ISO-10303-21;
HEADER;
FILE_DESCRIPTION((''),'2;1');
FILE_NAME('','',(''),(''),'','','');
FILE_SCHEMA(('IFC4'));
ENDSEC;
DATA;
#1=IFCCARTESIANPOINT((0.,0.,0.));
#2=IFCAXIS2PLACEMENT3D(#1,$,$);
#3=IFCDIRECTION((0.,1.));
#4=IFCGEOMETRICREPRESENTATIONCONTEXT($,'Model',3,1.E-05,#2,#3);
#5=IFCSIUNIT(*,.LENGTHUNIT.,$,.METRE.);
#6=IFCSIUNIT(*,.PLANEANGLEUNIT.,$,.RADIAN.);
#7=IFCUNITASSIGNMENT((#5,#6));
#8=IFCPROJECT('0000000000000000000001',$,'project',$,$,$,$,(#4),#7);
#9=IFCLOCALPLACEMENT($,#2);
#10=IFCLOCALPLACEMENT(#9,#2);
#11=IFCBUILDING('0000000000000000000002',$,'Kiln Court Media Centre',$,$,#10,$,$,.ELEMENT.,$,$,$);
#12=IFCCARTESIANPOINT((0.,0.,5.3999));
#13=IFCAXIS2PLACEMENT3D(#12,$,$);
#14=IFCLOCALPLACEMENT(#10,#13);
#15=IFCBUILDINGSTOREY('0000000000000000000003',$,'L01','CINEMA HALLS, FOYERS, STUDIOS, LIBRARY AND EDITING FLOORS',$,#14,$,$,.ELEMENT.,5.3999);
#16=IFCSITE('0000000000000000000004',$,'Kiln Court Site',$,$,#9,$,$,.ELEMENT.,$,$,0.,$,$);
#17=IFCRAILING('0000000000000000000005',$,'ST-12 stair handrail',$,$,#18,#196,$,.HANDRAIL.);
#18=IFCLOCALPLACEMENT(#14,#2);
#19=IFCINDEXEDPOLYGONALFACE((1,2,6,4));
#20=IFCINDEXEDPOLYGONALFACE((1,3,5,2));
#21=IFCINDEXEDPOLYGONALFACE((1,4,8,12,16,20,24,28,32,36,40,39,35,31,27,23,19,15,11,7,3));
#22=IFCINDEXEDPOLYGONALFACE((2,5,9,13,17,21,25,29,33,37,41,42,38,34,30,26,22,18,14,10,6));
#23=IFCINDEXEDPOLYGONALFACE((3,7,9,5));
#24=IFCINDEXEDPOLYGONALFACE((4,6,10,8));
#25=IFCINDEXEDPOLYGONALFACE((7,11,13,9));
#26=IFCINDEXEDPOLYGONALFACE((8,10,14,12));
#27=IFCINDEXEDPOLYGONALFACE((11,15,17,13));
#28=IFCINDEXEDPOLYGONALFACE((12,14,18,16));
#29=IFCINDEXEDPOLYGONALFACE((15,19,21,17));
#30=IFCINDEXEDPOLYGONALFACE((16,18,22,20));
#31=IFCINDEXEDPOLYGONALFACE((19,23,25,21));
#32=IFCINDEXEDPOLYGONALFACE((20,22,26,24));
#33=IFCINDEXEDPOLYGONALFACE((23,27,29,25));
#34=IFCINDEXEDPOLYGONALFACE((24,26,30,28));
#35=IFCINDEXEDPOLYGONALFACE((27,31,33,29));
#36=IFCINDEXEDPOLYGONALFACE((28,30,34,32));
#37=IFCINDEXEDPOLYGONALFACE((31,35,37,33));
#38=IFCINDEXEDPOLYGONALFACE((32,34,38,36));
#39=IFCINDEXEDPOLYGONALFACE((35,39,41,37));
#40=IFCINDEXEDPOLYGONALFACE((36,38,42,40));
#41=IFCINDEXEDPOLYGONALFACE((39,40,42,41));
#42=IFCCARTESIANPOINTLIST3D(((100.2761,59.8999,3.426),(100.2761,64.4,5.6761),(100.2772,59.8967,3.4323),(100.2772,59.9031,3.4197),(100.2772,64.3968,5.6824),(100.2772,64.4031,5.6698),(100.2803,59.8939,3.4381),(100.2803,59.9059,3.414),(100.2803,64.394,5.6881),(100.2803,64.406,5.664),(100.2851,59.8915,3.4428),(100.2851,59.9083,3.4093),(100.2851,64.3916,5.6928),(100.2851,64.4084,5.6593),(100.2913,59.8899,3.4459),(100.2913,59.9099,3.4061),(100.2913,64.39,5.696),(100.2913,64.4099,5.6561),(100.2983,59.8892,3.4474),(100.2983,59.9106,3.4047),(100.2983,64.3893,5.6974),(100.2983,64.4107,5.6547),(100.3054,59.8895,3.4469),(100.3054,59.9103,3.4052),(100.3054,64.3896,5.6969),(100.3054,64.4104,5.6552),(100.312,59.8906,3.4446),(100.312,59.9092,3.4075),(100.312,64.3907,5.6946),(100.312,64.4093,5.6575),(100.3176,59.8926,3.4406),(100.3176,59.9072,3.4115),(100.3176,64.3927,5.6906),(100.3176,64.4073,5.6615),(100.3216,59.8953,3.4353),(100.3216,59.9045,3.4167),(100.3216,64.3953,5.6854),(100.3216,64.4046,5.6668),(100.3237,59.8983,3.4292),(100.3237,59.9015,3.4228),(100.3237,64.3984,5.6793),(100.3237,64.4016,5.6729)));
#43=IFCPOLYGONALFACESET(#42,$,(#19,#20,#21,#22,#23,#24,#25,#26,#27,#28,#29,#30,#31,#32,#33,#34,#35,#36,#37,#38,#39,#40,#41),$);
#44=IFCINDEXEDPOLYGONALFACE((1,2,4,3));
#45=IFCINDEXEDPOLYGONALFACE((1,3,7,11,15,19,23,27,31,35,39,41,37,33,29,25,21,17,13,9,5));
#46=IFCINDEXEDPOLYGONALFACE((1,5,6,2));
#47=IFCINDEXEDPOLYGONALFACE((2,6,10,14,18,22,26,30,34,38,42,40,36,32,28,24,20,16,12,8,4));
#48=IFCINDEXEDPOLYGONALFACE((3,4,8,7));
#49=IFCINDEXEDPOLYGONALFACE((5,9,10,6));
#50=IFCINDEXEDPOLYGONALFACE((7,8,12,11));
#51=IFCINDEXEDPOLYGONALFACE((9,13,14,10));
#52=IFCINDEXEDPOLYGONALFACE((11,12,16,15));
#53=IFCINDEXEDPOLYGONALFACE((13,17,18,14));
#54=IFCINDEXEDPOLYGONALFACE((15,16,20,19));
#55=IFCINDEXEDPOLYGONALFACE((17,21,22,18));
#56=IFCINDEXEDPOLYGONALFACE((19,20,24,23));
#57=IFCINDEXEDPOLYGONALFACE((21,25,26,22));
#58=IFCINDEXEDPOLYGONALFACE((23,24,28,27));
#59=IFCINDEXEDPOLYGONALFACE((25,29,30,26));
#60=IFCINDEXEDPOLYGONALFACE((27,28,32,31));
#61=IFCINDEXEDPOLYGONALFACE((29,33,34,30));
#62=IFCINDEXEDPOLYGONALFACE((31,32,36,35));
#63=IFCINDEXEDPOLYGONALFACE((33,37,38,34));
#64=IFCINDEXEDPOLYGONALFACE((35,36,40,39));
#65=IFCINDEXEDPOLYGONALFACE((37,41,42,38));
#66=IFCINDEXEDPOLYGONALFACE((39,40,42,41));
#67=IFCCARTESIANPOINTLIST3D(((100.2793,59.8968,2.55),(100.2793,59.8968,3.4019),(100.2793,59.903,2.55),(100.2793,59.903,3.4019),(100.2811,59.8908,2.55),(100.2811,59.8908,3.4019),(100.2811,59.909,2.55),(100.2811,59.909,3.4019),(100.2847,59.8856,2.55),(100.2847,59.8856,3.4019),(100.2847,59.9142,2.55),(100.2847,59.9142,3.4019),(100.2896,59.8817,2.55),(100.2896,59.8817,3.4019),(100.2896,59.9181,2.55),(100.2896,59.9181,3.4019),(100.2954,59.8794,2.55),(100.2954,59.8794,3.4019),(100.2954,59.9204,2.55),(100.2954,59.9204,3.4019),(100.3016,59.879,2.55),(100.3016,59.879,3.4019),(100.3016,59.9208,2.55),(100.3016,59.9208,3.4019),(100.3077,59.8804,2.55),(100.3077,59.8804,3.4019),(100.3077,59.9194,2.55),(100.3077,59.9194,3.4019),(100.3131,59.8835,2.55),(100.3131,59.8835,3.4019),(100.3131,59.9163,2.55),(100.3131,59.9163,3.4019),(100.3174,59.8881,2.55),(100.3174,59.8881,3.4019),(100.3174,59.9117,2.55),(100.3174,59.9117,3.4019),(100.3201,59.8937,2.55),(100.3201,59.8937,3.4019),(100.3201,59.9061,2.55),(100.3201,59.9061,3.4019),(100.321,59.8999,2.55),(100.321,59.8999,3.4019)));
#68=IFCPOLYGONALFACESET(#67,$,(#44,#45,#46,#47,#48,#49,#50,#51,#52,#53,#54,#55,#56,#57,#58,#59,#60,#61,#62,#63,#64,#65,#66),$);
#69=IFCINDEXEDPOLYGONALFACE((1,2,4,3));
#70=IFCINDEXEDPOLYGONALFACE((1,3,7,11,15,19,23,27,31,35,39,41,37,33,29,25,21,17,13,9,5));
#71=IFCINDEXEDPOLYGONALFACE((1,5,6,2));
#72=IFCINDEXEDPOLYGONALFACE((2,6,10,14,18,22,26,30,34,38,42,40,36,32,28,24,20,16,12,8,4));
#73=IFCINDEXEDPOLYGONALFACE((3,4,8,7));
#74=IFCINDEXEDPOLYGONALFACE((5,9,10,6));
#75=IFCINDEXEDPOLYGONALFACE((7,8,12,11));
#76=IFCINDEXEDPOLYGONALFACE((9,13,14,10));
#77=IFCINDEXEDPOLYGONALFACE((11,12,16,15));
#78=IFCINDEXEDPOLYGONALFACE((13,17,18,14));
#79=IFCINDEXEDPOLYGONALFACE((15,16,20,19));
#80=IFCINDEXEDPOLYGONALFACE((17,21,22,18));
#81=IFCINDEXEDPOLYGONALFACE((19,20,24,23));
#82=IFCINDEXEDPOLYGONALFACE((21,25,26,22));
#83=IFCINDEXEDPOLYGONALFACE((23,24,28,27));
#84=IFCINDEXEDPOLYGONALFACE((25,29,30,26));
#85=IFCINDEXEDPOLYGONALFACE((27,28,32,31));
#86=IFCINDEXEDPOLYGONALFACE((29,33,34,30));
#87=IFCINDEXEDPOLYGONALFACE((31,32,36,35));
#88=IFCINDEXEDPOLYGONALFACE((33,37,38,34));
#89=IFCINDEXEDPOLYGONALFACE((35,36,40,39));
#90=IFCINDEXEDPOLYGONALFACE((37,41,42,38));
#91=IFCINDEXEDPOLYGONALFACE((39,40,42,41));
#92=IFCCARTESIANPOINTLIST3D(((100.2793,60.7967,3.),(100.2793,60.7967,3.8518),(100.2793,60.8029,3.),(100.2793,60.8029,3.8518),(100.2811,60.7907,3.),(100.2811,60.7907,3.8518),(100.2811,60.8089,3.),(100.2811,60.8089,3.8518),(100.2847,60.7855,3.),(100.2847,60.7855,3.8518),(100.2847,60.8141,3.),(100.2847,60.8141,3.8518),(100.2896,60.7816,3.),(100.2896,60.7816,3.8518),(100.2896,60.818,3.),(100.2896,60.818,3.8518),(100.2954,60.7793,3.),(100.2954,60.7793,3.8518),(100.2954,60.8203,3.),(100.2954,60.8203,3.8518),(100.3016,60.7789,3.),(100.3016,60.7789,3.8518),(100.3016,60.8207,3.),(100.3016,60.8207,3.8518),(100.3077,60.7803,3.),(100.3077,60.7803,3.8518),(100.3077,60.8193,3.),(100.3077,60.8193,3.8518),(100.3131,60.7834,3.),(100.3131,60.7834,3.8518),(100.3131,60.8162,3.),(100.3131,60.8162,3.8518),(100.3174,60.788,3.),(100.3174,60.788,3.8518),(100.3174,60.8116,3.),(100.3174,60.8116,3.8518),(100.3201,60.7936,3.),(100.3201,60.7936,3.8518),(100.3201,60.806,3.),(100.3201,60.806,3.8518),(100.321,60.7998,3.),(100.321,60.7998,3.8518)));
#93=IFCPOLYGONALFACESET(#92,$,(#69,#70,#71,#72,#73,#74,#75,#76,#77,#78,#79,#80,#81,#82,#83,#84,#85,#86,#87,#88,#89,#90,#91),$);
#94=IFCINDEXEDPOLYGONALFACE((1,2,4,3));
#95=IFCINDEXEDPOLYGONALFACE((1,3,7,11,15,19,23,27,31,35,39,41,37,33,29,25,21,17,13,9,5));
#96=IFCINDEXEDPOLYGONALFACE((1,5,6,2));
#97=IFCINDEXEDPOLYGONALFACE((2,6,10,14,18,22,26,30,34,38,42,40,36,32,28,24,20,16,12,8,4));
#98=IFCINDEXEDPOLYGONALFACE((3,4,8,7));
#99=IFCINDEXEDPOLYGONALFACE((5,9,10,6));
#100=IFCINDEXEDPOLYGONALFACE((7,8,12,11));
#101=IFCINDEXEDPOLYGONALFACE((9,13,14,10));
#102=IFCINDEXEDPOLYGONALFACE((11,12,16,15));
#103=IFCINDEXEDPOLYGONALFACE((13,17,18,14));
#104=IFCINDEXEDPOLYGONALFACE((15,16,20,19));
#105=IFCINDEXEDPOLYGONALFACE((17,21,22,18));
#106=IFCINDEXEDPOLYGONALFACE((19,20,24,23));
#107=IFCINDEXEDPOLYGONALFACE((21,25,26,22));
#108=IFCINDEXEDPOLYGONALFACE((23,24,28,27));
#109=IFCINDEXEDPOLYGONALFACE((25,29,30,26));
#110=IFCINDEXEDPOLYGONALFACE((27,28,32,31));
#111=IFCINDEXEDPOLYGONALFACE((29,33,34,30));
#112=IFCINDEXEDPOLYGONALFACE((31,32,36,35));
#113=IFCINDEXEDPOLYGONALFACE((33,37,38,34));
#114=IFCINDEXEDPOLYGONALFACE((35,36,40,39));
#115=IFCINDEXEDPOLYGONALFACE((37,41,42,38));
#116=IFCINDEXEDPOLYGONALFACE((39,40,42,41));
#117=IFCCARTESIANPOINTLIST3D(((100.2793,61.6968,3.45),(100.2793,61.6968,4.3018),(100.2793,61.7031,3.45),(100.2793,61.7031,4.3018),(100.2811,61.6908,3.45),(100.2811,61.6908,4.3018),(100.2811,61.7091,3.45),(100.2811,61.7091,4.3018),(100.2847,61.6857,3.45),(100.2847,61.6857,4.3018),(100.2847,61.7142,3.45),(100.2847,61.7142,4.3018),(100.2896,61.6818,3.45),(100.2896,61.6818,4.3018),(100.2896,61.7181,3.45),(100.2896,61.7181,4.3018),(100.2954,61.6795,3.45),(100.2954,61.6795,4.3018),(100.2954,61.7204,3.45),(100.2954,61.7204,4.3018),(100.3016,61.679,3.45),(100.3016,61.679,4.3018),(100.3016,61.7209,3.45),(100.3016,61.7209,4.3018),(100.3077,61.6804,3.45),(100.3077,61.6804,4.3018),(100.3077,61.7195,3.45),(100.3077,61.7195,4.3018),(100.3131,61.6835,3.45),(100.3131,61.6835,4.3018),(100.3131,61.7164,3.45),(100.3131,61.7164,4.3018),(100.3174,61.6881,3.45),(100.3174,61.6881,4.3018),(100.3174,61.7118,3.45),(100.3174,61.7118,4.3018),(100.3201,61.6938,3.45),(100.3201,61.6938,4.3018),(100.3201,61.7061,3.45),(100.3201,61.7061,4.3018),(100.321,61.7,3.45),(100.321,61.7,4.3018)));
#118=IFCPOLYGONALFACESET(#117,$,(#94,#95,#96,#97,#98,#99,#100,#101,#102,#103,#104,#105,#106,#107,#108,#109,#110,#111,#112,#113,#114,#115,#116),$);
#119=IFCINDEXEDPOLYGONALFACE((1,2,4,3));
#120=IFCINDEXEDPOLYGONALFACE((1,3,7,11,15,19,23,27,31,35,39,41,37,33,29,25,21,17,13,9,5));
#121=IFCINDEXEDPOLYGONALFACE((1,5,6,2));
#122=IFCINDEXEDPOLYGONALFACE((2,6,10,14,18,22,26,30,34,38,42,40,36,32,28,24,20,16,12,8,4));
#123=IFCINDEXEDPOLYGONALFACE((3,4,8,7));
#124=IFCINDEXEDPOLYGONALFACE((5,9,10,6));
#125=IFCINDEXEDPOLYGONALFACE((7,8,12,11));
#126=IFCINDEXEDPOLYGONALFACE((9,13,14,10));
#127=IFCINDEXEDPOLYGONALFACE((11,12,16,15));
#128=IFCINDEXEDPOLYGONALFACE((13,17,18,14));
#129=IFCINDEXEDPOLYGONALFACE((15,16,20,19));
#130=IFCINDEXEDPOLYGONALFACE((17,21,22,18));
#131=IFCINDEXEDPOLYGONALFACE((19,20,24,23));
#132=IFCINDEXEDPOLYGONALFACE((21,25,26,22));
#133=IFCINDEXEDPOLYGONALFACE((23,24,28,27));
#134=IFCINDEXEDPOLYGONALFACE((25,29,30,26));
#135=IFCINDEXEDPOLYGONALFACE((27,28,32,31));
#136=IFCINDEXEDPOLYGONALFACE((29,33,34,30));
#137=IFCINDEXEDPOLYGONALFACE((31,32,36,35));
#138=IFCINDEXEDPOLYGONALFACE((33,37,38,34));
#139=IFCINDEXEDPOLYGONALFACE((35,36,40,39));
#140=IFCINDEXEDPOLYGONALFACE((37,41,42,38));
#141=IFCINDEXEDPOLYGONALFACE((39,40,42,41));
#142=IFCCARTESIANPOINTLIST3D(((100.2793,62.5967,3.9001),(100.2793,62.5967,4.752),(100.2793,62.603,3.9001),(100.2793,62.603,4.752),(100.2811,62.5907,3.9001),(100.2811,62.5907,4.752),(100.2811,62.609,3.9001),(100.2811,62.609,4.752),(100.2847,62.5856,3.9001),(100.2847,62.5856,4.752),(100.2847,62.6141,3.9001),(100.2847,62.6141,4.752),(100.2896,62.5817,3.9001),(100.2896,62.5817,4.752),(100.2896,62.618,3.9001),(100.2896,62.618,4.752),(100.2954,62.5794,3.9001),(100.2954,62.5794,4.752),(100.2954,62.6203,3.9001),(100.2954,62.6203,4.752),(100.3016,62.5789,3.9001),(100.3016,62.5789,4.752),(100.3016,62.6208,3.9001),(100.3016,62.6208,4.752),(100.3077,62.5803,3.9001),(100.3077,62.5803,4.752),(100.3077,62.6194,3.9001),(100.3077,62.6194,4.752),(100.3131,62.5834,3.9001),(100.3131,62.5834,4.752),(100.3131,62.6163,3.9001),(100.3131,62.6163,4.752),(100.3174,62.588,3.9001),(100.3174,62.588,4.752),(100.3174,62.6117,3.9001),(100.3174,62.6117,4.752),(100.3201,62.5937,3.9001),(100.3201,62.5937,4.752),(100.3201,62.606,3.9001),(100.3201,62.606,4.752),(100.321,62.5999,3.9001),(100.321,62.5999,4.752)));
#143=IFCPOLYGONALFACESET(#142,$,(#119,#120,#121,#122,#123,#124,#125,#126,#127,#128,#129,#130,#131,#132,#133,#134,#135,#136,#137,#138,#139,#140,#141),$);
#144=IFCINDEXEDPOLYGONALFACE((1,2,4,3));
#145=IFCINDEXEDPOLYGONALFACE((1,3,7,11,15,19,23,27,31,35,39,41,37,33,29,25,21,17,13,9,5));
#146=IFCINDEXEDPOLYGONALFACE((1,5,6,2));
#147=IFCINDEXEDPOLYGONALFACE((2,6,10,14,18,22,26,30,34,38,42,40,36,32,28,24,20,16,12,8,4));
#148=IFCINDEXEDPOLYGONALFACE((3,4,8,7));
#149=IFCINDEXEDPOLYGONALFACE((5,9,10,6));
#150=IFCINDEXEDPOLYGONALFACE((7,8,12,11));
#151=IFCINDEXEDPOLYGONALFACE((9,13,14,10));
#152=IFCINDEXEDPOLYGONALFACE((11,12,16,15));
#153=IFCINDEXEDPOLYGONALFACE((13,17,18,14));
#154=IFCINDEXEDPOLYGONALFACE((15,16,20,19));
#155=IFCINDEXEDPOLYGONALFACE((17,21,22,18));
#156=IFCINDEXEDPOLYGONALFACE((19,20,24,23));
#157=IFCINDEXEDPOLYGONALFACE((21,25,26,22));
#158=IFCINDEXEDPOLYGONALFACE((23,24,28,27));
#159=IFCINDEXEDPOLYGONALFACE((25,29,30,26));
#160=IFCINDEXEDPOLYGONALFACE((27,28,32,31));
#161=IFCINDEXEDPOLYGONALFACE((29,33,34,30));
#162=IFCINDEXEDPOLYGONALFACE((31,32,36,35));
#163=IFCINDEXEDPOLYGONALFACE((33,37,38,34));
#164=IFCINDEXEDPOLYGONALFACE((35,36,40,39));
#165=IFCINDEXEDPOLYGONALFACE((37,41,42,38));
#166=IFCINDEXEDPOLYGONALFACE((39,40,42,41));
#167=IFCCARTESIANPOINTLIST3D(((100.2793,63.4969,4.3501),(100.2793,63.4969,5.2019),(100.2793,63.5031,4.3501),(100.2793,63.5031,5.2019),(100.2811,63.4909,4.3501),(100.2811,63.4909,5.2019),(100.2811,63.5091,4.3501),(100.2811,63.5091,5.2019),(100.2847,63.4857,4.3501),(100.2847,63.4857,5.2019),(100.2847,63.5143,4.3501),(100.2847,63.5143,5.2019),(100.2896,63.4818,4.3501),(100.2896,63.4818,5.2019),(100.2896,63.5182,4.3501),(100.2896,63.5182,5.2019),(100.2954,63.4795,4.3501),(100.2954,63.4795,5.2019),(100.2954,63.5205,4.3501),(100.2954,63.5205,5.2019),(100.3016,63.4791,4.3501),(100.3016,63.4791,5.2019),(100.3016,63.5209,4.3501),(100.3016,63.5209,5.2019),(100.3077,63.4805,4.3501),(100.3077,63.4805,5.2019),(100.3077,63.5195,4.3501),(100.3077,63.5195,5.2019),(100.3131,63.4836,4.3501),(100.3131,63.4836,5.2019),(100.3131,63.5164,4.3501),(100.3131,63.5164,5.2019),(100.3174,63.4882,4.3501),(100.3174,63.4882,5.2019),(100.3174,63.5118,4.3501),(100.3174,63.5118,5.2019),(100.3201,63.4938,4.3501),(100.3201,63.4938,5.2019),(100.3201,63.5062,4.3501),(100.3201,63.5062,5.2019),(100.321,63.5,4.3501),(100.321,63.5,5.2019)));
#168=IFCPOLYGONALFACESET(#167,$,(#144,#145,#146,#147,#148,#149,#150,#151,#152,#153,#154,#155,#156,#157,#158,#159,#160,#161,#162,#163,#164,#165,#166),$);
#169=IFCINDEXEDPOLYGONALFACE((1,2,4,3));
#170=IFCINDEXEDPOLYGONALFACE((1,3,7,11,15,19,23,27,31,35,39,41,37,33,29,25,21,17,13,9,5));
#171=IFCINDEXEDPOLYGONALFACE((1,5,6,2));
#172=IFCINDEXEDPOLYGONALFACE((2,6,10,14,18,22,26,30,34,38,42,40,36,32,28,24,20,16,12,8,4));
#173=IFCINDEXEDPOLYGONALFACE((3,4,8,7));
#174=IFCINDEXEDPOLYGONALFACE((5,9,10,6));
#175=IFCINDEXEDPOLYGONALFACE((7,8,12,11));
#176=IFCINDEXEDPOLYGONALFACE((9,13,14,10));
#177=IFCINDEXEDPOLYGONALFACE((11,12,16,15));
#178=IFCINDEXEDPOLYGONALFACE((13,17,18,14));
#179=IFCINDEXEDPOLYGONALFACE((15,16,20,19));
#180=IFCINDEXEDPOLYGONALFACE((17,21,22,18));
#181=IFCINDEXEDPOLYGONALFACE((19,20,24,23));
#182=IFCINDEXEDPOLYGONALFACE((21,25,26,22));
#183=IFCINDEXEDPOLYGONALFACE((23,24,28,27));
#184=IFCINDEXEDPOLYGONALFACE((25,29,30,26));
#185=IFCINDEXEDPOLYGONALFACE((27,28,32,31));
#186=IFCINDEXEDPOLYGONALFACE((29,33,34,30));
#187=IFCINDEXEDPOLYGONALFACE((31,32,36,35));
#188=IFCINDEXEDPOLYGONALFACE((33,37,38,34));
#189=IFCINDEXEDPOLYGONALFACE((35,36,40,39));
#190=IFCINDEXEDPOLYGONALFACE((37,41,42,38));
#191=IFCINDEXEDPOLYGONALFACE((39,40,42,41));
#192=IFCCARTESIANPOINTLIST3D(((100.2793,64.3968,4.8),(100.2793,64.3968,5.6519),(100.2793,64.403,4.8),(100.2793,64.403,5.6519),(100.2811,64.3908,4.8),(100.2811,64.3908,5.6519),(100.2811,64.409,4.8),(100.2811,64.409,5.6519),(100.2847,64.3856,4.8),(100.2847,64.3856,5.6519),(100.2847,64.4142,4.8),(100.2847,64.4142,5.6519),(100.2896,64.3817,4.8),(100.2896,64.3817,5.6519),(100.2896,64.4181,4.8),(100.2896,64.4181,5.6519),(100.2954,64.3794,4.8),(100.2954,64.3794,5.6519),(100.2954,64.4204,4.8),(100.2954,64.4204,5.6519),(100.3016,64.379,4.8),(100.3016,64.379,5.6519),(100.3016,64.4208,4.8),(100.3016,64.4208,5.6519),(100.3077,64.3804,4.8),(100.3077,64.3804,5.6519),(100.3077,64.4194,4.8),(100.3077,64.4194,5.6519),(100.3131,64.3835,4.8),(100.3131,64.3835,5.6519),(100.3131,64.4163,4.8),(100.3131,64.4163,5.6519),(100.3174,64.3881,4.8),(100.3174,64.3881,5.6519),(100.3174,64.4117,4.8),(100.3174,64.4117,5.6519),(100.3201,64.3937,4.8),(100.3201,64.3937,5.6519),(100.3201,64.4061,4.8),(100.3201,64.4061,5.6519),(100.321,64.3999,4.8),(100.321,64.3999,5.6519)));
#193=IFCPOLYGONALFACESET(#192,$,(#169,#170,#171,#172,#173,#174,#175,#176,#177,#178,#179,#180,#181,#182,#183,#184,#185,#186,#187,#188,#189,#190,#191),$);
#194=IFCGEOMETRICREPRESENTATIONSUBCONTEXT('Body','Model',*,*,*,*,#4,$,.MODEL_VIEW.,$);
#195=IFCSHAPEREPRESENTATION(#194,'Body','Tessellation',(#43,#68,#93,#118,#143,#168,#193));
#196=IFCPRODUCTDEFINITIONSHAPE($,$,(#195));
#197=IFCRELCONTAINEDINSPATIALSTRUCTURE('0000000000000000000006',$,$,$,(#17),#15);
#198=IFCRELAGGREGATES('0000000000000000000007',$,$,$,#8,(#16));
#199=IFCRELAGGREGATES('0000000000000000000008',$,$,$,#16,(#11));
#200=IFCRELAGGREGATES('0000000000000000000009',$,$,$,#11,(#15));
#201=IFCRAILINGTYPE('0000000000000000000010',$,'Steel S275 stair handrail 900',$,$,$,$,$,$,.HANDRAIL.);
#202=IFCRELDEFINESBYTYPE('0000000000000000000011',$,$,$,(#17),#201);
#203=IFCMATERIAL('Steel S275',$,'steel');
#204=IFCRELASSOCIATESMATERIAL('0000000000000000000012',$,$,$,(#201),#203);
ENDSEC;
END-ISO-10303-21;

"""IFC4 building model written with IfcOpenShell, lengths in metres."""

from ifc_helpers import new_model, si_unit, direction, frame, origin, origin_2d, place, context, subcontext, project, spatial, circle, extrude, material, type_object, element, save


model = new_model("IFC4")

# Units and contexts
model_context = context("Model", 3, precision=1e-05, world=origin(), true_north=direction((0.0, 1.0)))
body_context = subcontext(model_context, "Body", "Model", "MODEL_VIEW")
ifc_project = project(units=[si_unit("LENGTHUNIT", "METRE"), si_unit("PLANEANGLEUNIT", "RADIAN")], contexts=[model_context])

# Site, building, storey
site_placement = place(None, origin())
site = spatial("IfcSite", under=ifc_project, at=site_placement, Name="Kiln Court Site", CompositionType="ELEMENT", RefElevation=0.0)
building_placement = place(site_placement, origin())
building = spatial("IfcBuilding", under=site, at=building_placement, Name="Kiln Court Media Centre", CompositionType="ELEMENT")
storey_placement = place(building_placement, frame((0.0, 0.0, 5.3999)))
storey = spatial("IfcBuildingStorey", under=building, at=storey_placement, Name="L01", Description="CINEMA HALLS, FOYERS, STUDIOS, LIBRARY AND EDITING FLOORS", CompositionType="ELEMENT", Elevation=5.3999)

# Railing
ifc_material_1 = material(Name="Steel S275", Category="steel")
railing_type_1 = type_object("IfcRailingType", Name="Steel S275 stair handrail 900", PredefinedType="HANDRAIL", material=ifc_material_1)
railing_1_placement = place(storey_placement, frame((100.3, 59.8999, 2.55)))
element("IfcRailing", 1, at=railing_1_placement, inside=storey, type_object=railing_type_1, Name="ST-12 stair handrail", PredefinedType="HANDRAIL", context=body_context, shape_type="SweptSolid", body=[
    extrude(circle(Radius=0.0239, at=origin_2d()), frame((0.0, 0.0, 0.876), z_axis=(0.0, 0.894427, 0.447214), x_axis=(-1.0, 0.0, 0.0)), (0.0, 0.0, 1.0), 5.0312),
    extrude(circle(Radius=0.021, at=origin_2d()), origin(), (0.0, 0.0, 1.0), 0.8518),
    extrude(circle(Radius=0.021, at=origin_2d()), frame((0.0, 0.8999, 0.45)), (0.0, 0.0, 1.0), 0.8518),
    extrude(circle(Radius=0.021, at=origin_2d()), frame((0.0, 1.8, 0.8999)), (0.0, 0.0, 1.0), 0.8518),
    extrude(circle(Radius=0.021, at=origin_2d()), frame((0.0, 2.7, 1.3501)), (0.0, 0.0, 1.0), 0.8518),
    extrude(circle(Radius=0.021, at=origin_2d()), frame((0.0, 3.6001, 1.8)), (0.0, 0.0, 1.0), 0.8518),
    extrude(circle(Radius=0.021, at=origin_2d()), frame((0.0, 4.5, 2.25)), (0.0, 0.0, 1.0), 0.8518),
])

save(model, "model.ifc")
